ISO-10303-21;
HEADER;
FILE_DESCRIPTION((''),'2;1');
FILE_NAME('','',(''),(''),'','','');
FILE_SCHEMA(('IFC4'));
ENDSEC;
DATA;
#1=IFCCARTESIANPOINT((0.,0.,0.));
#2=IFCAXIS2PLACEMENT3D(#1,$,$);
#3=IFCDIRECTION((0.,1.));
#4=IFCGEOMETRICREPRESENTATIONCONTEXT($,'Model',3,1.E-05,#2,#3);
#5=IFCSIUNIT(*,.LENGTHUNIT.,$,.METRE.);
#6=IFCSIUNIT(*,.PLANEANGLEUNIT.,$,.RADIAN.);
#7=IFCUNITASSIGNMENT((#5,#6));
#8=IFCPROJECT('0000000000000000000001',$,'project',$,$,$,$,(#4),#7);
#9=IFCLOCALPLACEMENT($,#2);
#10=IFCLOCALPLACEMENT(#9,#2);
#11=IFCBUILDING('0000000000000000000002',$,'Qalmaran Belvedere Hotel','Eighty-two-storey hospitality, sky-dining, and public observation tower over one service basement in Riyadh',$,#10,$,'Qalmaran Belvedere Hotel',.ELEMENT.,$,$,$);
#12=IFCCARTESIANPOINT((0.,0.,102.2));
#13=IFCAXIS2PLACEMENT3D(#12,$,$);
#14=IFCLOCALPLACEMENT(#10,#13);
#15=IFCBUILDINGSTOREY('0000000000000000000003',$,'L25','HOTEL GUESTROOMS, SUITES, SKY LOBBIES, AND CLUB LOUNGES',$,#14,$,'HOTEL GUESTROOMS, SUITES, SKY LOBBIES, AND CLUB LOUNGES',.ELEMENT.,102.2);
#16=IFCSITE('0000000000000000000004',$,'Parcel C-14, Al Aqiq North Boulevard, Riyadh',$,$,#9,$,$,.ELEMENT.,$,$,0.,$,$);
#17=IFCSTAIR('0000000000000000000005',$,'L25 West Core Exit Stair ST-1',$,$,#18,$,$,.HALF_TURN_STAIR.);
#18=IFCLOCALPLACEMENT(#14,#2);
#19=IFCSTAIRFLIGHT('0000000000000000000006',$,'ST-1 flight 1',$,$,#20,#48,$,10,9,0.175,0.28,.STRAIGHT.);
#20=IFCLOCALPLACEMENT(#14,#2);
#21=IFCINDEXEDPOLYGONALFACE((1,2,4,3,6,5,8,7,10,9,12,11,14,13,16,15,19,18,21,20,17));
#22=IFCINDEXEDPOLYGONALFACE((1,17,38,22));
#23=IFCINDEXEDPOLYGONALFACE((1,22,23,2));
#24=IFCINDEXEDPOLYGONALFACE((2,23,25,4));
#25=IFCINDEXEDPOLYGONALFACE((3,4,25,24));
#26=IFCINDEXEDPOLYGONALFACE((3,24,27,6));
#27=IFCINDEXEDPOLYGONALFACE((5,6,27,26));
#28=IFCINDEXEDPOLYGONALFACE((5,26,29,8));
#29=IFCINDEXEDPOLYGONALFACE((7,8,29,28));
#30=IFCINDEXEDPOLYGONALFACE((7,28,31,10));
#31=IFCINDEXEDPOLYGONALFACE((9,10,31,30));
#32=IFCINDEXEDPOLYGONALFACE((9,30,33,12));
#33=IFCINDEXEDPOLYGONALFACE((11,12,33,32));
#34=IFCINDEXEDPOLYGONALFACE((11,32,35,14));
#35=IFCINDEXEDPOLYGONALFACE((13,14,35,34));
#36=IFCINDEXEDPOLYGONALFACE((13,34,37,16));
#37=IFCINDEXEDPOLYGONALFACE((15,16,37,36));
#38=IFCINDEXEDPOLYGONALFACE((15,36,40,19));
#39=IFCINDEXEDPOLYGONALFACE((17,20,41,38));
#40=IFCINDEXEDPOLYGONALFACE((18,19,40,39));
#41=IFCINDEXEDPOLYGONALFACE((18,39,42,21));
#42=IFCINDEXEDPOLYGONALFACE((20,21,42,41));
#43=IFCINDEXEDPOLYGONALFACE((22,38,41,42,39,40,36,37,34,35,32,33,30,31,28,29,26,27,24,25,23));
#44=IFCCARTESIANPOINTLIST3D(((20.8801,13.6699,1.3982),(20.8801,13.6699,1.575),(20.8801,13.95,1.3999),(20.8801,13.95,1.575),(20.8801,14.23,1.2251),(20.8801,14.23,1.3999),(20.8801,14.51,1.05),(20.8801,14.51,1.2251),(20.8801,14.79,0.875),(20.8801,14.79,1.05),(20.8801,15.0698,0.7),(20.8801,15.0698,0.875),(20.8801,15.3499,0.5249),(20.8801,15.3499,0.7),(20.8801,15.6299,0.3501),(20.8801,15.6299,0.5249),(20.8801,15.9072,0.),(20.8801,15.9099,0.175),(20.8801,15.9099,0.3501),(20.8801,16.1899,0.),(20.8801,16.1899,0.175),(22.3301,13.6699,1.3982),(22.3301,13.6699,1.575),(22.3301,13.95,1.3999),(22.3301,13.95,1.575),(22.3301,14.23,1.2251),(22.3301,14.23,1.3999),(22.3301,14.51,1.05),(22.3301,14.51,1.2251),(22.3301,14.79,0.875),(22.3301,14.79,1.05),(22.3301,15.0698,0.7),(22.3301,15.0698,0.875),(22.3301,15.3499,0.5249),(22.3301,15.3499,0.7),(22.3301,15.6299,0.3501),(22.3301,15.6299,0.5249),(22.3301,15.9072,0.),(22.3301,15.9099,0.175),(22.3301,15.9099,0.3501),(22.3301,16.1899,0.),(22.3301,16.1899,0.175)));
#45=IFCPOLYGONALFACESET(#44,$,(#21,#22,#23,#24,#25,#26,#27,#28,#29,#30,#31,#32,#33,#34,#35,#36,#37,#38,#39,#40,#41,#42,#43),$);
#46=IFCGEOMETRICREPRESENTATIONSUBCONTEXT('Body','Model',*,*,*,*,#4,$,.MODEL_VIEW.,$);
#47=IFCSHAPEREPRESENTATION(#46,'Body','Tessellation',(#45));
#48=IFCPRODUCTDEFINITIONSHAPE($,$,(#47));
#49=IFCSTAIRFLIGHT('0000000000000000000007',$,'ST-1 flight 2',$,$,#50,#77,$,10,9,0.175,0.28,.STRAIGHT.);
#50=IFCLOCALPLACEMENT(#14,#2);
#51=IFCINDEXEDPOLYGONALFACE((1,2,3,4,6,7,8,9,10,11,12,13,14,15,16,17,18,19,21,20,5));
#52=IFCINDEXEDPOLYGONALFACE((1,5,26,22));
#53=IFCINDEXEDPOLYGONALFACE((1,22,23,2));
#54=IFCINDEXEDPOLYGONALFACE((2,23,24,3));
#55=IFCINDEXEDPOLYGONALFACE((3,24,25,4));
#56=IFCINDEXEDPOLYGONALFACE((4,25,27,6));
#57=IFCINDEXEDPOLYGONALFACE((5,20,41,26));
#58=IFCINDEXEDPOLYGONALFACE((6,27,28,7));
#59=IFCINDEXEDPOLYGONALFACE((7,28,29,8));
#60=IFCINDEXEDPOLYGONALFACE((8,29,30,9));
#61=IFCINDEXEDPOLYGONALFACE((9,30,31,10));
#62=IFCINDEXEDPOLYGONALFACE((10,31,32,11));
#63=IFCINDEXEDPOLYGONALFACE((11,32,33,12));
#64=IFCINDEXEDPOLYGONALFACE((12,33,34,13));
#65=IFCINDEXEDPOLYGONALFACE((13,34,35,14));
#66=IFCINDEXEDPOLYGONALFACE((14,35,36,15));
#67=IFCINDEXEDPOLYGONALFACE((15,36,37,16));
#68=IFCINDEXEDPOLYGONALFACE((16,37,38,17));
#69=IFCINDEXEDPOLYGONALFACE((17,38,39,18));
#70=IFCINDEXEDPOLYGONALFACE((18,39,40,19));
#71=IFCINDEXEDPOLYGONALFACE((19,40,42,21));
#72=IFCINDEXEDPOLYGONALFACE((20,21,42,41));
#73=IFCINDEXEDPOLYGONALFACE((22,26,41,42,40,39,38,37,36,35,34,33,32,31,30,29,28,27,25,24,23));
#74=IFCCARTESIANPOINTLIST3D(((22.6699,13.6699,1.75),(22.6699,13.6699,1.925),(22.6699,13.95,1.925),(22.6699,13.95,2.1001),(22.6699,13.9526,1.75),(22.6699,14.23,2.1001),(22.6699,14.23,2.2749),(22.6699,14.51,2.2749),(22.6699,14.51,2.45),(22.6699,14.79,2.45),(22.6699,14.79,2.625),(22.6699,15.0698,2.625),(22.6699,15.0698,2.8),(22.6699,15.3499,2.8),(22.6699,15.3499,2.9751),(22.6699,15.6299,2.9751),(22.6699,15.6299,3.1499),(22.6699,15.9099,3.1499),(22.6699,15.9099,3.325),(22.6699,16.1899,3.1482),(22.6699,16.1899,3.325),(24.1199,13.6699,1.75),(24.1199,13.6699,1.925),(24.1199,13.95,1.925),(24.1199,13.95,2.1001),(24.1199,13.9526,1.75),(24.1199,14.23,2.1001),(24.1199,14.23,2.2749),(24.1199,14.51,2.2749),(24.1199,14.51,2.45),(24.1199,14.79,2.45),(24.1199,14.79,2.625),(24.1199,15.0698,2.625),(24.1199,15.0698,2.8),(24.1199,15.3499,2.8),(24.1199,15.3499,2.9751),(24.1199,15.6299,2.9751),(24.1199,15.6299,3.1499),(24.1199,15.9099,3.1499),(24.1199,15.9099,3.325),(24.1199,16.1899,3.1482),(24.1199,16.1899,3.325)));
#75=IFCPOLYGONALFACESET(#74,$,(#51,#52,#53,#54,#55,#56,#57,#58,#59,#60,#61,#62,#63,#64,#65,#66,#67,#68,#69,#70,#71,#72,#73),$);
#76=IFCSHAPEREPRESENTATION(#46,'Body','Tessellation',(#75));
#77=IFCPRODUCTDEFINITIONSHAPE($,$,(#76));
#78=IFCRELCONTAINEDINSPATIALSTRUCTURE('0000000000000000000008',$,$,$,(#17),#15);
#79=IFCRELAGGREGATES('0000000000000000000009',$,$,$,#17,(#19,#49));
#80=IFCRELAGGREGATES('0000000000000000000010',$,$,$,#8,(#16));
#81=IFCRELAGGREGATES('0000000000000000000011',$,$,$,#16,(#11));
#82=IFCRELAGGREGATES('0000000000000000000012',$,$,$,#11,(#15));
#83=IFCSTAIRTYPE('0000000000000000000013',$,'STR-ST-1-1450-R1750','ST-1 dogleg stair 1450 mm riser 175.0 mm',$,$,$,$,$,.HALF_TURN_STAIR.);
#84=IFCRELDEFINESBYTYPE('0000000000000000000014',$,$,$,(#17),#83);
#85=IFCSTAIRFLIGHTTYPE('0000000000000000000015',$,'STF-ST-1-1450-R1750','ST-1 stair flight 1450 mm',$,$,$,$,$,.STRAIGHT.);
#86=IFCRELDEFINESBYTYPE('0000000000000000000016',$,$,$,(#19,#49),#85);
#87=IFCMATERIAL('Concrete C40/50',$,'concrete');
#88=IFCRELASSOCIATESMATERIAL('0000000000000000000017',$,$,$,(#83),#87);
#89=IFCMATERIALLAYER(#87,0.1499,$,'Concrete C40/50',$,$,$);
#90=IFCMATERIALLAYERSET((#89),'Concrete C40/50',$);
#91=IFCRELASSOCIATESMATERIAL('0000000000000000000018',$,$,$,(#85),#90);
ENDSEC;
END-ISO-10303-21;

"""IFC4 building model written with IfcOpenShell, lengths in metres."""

from ifc_helpers import new_model, si_unit, direction, frame, origin, place, context, subcontext, project, spatial, polyline, outline, extrude, material, layer, layer_set, type_object, element, aggregate, save


model = new_model("IFC4")

# Units and contexts
model_context = context("Model", 3, precision=1e-05, world=origin(), true_north=direction((0.0, 1.0)))
body_context = subcontext(model_context, "Body", "Model", "MODEL_VIEW")
ifc_project = project(units=[si_unit("LENGTHUNIT", "METRE"), si_unit("PLANEANGLEUNIT", "RADIAN")], contexts=[model_context])

# Site, building, storey
site_placement = place(None, origin())
site = spatial("IfcSite", under=ifc_project, at=site_placement, Name="Parcel C-14, Al Aqiq North Boulevard, Riyadh", CompositionType="ELEMENT", RefElevation=0.0)
building_placement = place(site_placement, origin())
building = spatial("IfcBuilding", under=site, at=building_placement, Name="Qalmaran Belvedere Hotel", Description="Eighty-two-storey hospitality, sky-dining, and public observation tower over one service basement in Riyadh", LongName="Qalmaran Belvedere Hotel", CompositionType="ELEMENT")
storey_placement = place(building_placement, frame((0.0, 0.0, 102.2)))
storey = spatial("IfcBuildingStorey", under=building, at=storey_placement, Name="L25", Description="HOTEL GUESTROOMS, SUITES, SKY LOBBIES, AND CLUB LOUNGES", LongName="HOTEL GUESTROOMS, SUITES, SKY LOBBIES, AND CLUB LOUNGES", CompositionType="ELEMENT", Elevation=102.2)

# Stair, stair flights
ifc_material_1 = material(Name="Concrete C40/50", Category="concrete")
stair_type = type_object("IfcStairType", Name="STR-ST-1-1450-R1750", Description="ST-1 dogleg stair 1450 mm riser 175.0 mm", PredefinedType="HALF_TURN_STAIR", material=ifc_material_1)
stair_placement = place(storey_placement, origin())
stair = element("IfcStair", 1, at=stair_placement, inside=storey, type_object=stair_type, Name="L25 West Core Exit Stair ST-1", PredefinedType="HALF_TURN_STAIR")
ifc_layer_1 = layer(ifc_material_1, 0.1499, Name="Concrete C40/50")
ifc_layer_set_1 = layer_set([ifc_layer_1], Name="Concrete C40/50")
stair_flight_type = type_object("IfcStairFlightType", Name="STF-ST-1-1450-R1750", Description="ST-1 stair flight 1450 mm", PredefinedType="STRAIGHT", material=ifc_layer_set_1)
stair_flight_1_placement = place(storey_placement, frame((21.605, 16.1899, 0.0), z_axis=(0.0, 0.0, 1.0), x_axis=(0.0, -1.0, 0.0)))
stair_flight_1 = element("IfcStairFlight", 2, at=stair_flight_1_placement, type_object=stair_flight_type, Name="ST-1 flight 1", NumberOfRisers=10, NumberOfTreads=9, PredefinedType="STRAIGHT", RiserHeight=0.175, TreadLength=0.28, context=body_context, shape_type="SweptSolid", body=[
    extrude(outline(polyline([(0.0, 0.0), (0.0, 0.175), (0.28, 0.175), (0.28, 0.3501), (0.5601, 0.3501), (0.5601, 0.5249), (0.8401, 0.5249), (0.8401, 0.7), (1.1201, 0.7), (1.1201, 0.875), (1.3999, 0.875), (1.3999, 1.05), (1.6799, 1.05), (1.6799, 1.2251), (1.96, 1.2251), (1.96, 1.3999), (2.24, 1.3999), (2.24, 1.575), (2.52, 1.575), (2.52, 1.75), (2.52, 1.3982), (0.2827, 0.0), (0.0, 0.0)])), frame((0.0, 0.7251, 0.0), z_axis=(0.0, -1.0, 0.0), x_axis=(1.0, 0.0, 0.0)), (0.0, 0.0, 1.0), 1.45),
])
stair_flight_2_placement = place(storey_placement, frame((23.395, 13.6699, 1.75), z_axis=(0.0, 0.0, 1.0), x_axis=(0.0, 1.0, 0.0)))
stair_flight_2 = element("IfcStairFlight", 3, at=stair_flight_2_placement, type_object=stair_flight_type, Name="ST-1 flight 2", NumberOfRisers=10, NumberOfTreads=9, PredefinedType="STRAIGHT", RiserHeight=0.175, TreadLength=0.28, context=body_context, shape_type="SweptSolid", body=[
    extrude(outline(polyline([(0.0, 0.0), (0.0, 0.175), (0.28, 0.175), (0.28, 0.3501), (0.5601, 0.3501), (0.5601, 0.5249), (0.8401, 0.5249), (0.8401, 0.7), (1.1201, 0.7), (1.1201, 0.875), (1.3999, 0.875), (1.3999, 1.05), (1.6799, 1.05), (1.6799, 1.2251), (1.96, 1.2251), (1.96, 1.3999), (2.24, 1.3999), (2.24, 1.575), (2.52, 1.575), (2.52, 1.75), (2.52, 1.3982), (0.2827, 0.0), (0.0, 0.0)])), frame((0.0, 0.7251, 0.0), z_axis=(0.0, -1.0, 0.0), x_axis=(1.0, 0.0, 0.0)), (0.0, 0.0, 1.0), 1.45),
])
aggregate(stair, [stair_flight_1, stair_flight_2])

save(model, "model.ifc")
